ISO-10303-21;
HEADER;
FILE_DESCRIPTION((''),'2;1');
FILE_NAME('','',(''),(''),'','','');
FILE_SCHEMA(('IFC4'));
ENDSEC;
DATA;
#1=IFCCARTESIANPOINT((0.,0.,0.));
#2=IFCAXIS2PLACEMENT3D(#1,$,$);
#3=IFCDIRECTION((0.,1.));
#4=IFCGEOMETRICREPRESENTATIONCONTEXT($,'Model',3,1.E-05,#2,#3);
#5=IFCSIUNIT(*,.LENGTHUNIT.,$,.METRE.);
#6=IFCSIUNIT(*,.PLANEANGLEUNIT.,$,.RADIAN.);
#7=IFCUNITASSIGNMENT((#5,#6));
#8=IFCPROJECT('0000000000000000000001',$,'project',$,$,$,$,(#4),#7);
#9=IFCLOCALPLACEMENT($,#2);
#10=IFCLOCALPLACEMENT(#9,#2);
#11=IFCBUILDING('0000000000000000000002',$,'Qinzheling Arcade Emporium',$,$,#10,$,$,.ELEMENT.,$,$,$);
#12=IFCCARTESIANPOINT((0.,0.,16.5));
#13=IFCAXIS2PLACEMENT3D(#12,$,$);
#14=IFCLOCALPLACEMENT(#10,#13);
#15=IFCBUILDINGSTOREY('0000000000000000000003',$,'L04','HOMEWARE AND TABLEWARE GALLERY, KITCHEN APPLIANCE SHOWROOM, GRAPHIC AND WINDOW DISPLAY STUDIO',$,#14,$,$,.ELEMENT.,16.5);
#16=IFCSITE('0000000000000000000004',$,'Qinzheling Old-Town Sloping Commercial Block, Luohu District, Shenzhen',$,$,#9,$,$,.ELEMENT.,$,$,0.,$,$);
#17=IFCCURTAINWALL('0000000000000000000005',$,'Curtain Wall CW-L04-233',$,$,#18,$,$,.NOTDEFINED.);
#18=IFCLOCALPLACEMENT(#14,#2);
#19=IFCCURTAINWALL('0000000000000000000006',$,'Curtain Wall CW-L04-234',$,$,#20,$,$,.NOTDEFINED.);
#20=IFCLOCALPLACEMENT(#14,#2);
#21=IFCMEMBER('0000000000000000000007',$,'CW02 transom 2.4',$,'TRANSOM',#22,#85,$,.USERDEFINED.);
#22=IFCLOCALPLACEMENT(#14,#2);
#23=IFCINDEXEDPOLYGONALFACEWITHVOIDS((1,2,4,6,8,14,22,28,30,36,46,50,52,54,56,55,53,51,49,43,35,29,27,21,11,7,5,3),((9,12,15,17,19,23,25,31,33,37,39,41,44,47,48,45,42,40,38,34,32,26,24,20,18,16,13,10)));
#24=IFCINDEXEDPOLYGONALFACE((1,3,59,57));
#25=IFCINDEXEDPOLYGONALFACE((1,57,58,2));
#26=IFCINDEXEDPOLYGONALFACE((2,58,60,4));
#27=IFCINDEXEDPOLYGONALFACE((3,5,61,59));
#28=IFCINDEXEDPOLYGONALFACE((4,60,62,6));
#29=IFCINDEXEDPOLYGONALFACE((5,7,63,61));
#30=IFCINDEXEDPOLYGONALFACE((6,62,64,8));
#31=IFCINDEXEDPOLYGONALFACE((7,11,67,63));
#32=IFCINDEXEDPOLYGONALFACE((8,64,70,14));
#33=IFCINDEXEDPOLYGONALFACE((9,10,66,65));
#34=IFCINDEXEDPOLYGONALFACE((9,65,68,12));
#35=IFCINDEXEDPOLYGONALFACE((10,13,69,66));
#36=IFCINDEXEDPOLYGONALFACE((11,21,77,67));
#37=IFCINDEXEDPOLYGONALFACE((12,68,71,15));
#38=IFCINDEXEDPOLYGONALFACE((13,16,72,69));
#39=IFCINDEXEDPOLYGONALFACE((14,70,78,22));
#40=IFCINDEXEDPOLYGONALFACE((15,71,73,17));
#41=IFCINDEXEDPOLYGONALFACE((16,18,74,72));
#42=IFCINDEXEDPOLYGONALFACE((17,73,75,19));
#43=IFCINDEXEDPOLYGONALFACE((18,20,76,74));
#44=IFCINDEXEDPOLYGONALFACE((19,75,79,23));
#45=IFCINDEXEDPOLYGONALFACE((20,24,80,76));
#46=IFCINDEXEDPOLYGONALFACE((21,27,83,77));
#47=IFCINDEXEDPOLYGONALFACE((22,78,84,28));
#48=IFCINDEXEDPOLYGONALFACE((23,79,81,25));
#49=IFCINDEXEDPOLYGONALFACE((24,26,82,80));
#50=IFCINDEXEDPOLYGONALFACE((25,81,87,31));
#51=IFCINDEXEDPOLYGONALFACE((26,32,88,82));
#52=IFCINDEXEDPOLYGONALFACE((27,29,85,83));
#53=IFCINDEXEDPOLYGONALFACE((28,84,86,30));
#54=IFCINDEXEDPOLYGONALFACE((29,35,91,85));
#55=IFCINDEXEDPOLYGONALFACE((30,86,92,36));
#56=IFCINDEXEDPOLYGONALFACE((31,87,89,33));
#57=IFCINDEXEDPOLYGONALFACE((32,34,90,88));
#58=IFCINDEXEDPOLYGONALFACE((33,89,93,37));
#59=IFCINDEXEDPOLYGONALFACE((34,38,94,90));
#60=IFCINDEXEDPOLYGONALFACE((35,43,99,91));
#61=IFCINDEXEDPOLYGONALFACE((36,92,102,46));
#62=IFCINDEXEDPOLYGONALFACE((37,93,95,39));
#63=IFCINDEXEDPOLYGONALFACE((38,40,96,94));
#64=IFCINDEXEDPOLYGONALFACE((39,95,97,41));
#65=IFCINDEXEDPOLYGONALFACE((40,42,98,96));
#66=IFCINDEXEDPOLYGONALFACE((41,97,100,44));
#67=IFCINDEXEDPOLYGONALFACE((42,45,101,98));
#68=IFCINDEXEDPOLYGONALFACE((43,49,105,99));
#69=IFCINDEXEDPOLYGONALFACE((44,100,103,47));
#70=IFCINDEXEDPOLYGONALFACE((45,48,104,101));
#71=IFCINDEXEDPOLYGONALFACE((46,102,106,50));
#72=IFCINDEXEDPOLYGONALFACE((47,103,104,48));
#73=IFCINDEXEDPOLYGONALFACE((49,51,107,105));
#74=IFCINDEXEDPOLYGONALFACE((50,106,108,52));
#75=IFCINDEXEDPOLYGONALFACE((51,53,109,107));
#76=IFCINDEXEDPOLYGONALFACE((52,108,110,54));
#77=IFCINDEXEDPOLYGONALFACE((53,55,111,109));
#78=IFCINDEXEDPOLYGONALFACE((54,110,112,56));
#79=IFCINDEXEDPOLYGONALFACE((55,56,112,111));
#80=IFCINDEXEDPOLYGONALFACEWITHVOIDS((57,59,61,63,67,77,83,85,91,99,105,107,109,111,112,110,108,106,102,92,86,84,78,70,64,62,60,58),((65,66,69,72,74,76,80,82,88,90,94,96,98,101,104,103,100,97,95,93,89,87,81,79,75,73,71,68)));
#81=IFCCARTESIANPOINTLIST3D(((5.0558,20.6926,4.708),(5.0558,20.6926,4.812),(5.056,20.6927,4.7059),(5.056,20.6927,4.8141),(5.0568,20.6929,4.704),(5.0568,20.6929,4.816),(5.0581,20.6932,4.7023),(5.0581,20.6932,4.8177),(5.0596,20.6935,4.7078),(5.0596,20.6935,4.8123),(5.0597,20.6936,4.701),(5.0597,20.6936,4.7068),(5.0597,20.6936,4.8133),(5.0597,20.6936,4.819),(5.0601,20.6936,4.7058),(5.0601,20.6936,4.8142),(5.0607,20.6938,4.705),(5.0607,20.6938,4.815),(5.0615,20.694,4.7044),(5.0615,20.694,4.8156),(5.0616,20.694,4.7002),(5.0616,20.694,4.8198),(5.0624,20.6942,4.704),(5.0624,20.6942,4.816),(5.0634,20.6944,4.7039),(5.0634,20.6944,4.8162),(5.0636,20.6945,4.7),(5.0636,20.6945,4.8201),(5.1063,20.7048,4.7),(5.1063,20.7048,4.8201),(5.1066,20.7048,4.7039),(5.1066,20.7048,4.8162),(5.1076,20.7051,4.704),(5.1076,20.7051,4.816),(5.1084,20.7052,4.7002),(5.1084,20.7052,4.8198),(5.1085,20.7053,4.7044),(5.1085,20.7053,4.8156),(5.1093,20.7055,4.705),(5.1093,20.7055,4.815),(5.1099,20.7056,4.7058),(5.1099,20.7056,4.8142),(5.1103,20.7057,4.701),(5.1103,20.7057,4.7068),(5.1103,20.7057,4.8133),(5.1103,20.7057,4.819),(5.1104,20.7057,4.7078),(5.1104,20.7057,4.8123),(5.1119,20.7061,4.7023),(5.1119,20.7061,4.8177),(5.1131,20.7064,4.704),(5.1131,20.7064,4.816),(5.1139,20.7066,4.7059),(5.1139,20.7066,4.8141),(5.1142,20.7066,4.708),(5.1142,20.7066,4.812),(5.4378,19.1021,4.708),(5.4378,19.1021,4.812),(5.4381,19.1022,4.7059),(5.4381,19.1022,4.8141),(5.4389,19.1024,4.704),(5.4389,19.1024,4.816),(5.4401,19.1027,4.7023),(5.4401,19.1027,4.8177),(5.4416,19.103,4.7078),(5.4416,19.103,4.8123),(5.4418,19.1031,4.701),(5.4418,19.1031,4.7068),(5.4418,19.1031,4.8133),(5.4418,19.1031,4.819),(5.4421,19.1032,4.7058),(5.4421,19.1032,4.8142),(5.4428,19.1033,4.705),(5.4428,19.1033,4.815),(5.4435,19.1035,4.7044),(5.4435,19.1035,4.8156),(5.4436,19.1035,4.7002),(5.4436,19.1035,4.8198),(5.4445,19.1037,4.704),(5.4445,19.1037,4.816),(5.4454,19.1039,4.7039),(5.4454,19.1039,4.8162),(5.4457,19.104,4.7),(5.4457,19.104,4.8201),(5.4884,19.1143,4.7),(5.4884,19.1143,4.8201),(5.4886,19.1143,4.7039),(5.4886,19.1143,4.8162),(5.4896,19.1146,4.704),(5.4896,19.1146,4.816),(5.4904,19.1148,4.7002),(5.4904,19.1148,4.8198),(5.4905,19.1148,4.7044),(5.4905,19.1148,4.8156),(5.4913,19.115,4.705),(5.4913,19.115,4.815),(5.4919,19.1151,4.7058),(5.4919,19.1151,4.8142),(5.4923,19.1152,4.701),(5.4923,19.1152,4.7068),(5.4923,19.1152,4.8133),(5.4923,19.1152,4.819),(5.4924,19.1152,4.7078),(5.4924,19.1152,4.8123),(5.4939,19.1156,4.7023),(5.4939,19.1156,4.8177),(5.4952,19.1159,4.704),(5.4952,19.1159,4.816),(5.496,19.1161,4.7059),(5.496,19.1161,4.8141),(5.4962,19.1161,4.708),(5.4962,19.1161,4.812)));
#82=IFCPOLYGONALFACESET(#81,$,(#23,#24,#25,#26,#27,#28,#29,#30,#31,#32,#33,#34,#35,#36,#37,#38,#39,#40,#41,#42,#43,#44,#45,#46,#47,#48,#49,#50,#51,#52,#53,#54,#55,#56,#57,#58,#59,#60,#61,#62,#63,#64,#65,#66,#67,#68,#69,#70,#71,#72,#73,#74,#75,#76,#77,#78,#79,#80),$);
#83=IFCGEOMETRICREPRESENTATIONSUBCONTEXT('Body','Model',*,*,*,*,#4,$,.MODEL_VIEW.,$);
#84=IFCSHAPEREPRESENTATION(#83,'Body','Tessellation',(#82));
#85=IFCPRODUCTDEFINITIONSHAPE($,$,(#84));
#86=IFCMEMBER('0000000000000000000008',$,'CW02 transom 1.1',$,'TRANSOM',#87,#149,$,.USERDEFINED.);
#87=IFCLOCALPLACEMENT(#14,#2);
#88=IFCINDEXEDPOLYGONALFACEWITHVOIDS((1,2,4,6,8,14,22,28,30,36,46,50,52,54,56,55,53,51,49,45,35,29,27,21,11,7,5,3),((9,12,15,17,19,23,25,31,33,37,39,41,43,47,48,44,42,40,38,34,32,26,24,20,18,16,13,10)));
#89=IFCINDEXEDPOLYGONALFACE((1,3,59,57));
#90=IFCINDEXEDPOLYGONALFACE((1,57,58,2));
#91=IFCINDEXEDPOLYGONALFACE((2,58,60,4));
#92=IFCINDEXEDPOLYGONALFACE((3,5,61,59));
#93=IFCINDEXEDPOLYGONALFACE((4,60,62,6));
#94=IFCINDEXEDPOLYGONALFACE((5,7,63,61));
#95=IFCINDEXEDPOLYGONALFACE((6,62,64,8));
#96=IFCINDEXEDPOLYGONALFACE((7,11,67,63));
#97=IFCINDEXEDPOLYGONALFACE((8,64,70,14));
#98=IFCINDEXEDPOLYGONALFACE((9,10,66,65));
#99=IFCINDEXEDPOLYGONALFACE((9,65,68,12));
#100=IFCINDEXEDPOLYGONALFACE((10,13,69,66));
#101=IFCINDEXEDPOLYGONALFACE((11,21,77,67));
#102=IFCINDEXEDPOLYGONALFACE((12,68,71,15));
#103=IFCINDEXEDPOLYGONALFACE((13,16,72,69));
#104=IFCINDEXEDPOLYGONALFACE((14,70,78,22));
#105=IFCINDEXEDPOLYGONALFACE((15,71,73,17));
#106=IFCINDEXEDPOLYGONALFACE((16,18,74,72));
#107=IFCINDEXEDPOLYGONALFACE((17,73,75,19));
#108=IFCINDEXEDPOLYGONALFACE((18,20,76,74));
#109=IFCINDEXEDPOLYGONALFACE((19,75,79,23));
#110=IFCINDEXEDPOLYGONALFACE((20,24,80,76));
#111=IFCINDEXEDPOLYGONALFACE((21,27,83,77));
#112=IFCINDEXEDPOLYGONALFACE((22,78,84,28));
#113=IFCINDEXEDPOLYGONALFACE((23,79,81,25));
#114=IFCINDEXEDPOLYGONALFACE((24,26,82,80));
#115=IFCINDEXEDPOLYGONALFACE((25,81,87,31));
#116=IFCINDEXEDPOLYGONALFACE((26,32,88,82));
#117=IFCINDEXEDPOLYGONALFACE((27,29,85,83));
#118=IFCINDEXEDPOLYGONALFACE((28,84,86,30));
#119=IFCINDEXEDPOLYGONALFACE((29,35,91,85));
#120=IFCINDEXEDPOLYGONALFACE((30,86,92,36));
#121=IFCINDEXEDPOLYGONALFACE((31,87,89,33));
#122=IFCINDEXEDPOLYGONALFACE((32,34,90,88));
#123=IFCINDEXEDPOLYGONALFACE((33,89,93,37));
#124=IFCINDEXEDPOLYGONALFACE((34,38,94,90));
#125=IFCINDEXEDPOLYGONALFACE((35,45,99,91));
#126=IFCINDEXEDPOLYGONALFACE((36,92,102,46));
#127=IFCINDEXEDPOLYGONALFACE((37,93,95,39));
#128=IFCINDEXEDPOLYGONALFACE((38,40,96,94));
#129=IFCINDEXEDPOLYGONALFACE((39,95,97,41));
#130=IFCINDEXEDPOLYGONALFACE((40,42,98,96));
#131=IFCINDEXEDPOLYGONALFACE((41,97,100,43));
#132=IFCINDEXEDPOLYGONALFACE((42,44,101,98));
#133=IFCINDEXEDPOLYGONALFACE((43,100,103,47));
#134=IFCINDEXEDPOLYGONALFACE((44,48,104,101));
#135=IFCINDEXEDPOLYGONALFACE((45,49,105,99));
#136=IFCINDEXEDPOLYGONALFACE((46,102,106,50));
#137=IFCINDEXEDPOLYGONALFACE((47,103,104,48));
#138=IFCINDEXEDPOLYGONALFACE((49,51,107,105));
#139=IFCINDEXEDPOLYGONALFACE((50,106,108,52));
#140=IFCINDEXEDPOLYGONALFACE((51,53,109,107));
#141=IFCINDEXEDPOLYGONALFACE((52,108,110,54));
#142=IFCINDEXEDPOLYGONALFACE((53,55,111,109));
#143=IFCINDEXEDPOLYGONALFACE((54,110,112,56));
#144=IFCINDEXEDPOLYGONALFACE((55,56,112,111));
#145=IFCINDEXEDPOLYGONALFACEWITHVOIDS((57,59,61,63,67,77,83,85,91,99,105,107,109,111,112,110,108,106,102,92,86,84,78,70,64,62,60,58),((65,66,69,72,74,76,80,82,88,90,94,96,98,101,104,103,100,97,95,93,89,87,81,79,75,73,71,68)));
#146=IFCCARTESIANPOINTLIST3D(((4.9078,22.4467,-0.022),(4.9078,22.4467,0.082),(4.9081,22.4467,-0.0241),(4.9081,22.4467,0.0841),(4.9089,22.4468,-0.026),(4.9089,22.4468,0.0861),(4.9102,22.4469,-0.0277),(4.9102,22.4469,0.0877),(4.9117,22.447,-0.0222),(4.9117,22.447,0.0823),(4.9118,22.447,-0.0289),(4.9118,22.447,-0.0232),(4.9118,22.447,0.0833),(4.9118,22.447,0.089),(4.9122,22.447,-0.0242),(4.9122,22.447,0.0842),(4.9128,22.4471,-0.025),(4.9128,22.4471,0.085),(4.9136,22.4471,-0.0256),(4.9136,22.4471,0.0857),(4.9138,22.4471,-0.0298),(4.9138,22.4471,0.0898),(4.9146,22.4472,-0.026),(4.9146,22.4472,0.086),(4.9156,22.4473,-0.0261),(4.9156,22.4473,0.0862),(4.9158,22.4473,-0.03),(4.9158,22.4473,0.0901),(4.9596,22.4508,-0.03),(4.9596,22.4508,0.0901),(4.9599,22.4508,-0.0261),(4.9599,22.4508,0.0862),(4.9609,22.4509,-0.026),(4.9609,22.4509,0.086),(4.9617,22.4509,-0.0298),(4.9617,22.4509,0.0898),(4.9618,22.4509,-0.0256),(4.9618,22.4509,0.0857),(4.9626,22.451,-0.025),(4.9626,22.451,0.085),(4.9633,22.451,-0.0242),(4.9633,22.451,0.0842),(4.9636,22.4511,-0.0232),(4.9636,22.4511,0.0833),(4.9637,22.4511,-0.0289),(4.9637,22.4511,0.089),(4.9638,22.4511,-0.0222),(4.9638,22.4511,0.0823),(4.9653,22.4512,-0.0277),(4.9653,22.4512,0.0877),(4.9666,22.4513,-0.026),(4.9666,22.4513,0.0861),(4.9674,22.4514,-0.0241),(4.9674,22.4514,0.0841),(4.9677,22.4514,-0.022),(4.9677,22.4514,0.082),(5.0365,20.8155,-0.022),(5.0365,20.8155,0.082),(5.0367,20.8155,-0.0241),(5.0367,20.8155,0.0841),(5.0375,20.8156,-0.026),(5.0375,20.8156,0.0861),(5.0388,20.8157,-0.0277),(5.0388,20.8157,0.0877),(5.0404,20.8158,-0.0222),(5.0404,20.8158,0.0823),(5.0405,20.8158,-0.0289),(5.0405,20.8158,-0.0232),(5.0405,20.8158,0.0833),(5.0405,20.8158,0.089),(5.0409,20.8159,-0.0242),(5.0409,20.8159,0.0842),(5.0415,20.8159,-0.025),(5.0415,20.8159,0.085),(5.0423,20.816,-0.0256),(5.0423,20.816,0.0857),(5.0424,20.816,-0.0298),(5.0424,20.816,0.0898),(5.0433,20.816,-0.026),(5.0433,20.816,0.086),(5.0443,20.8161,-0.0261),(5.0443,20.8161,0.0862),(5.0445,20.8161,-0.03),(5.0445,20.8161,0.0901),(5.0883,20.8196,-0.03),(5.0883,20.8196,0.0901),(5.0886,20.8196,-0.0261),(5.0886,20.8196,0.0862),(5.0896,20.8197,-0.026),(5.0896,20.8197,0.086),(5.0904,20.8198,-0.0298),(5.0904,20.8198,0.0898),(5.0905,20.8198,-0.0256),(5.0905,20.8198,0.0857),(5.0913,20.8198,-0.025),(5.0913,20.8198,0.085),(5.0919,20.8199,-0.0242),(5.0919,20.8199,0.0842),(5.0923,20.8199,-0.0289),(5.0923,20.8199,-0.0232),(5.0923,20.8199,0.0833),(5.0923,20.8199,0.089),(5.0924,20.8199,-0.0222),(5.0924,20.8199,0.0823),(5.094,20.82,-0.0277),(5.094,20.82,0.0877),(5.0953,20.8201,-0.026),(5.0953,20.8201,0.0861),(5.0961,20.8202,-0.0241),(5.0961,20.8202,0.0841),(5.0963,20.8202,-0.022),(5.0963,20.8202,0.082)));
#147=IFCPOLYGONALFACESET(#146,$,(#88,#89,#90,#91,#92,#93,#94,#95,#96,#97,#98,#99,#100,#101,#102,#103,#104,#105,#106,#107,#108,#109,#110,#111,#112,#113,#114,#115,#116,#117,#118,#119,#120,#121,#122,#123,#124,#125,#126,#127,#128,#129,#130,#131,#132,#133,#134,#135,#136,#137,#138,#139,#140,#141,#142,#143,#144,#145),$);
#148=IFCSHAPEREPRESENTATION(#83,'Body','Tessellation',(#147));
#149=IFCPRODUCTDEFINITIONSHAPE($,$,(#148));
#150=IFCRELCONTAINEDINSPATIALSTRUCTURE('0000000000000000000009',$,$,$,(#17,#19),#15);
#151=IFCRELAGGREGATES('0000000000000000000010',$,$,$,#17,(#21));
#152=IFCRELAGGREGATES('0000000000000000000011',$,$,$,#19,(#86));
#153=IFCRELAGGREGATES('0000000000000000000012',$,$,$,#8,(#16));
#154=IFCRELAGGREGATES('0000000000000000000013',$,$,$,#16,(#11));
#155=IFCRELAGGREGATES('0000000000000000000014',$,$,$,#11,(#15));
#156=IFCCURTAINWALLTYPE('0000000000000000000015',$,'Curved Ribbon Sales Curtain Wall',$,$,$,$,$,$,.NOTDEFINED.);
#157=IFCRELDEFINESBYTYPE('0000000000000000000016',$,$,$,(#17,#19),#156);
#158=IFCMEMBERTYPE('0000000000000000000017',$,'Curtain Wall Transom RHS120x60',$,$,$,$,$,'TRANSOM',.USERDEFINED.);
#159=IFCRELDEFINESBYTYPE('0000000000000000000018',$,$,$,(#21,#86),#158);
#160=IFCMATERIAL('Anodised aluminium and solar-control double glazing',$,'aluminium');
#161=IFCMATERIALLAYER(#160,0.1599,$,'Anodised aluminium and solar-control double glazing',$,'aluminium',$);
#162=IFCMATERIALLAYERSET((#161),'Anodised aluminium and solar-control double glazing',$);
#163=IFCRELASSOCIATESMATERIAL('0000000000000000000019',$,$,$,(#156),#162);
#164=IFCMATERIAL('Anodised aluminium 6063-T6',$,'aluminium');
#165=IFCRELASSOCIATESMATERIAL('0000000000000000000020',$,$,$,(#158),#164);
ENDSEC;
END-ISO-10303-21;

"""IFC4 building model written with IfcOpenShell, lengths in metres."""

from ifc_helpers import new_model, si_unit, direction, frame, origin, origin_2d, place, context, subcontext, project, spatial, hollow_rectangle, extrude, material, layer, layer_set, material_profile, profile_set, type_object, element, aggregate, save


model = new_model("IFC4")

# Units and contexts
model_context = context("Model", 3, precision=1e-05, world=origin(), true_north=direction((0.0, 1.0)))
body_context = subcontext(model_context, "Body", "Model", "MODEL_VIEW")
ifc_project = project(units=[si_unit("LENGTHUNIT", "METRE"), si_unit("PLANEANGLEUNIT", "RADIAN")], contexts=[model_context])

# Site, building, storey
site_placement = place(None, origin())
site = spatial("IfcSite", under=ifc_project, at=site_placement, Name="Qinzheling Old-Town Sloping Commercial Block, Luohu District, Shenzhen", CompositionType="ELEMENT", RefElevation=0.0)
building_placement = place(site_placement, origin())
building = spatial("IfcBuilding", under=site, at=building_placement, Name="Qinzheling Arcade Emporium", CompositionType="ELEMENT")
storey_placement = place(building_placement, frame((0.0, 0.0, 16.5)))
storey = spatial("IfcBuildingStorey", under=building, at=storey_placement, Name="L04", Description="HOMEWARE AND TABLEWARE GALLERY, KITCHEN APPLIANCE SHOWROOM, GRAPHIC AND WINDOW DISPLAY STUDIO", CompositionType="ELEMENT", Elevation=16.5)

# Curtain walls
ifc_material_1 = material(Name="Anodised aluminium and solar-control double glazing", Category="aluminium")
ifc_layer_1 = layer(ifc_material_1, 0.1599, Name="Anodised aluminium and solar-control double glazing", Category="aluminium")
ifc_layer_set_1 = layer_set([ifc_layer_1], Name="Anodised aluminium and solar-control double glazing")
curtain_wall_type_1 = type_object("IfcCurtainWallType", Name="Curved Ribbon Sales Curtain Wall", PredefinedType="NOTDEFINED", material=ifc_layer_set_1)
curtain_wall_1_placement = place(storey_placement, origin())
curtain_wall_1 = element("IfcCurtainWall", 1, at=curtain_wall_1_placement, inside=storey, type_object=curtain_wall_type_1, Name="Curtain Wall CW-L04-233", PredefinedType="NOTDEFINED")
ifc_material_2 = material(Name="Anodised aluminium 6063-T6", Category="aluminium")
curtain_wall_2_placement = place(storey_placement, origin())
curtain_wall_2 = element("IfcCurtainWall", 2, at=curtain_wall_2_placement, inside=storey, type_object=curtain_wall_type_1, Name="Curtain Wall CW-L04-234", PredefinedType="NOTDEFINED")

# Members
ifc_material_profile_1 = material_profile(ifc_material_2, hollow_rectangle(XDim=0.0601, YDim=0.1201, WallThickness=0.0039, InnerFilletRadius=0.0039, OuterFilletRadius=0.0081, at=origin_2d()), Name="RHS 120x60x4", Category="aluminium")
ifc_profile_set_1 = profile_set([ifc_material_profile_1], Name="Anodised aluminium 6063-T6")
member_type_1 = type_object("IfcMemberType", Name="Curtain Wall Transom RHS120x60", ElementType="TRANSOM", PredefinedType="USERDEFINED", material=ifc_profile_set_1)
member_1_placement = place(storey_placement, frame((5.467, 19.1091, 4.76), z_axis=(-0.233571, 0.97234, 0.0), x_axis=(-0.97234, -0.233571, 0.0)))
member_1 = element("IfcMember", 3, at=member_1_placement, type_object=member_type_1, Name="CW02 transom 2.4", ObjectType="TRANSOM", PredefinedType="USERDEFINED", context=body_context, shape_type="SweptSolid", body=[
    extrude(hollow_rectangle(XDim=0.0601, YDim=0.1201, WallThickness=0.0039, InnerFilletRadius=0.0039, OuterFilletRadius=0.0081, at=origin_2d()), origin(), (0.0, 0.0, 1.0), 1.6357),
])
member_2_placement = place(storey_placement, frame((5.0664, 20.8179, 0.03), z_axis=(-0.078636, 0.996903, 0.0), x_axis=(-0.996903, -0.078636, 0.0)))
member_2 = element("IfcMember", 4, at=member_2_placement, type_object=member_type_1, Name="CW02 transom 1.1", ObjectType="TRANSOM", PredefinedType="USERDEFINED", context=body_context, shape_type="SweptSolid", body=[
    extrude(hollow_rectangle(XDim=0.0601, YDim=0.1201, WallThickness=0.0039, InnerFilletRadius=0.0039, OuterFilletRadius=0.0081, at=origin_2d()), origin(), (0.0, 0.0, 1.0), 1.6362),
])

aggregate(curtain_wall_1, [member_1])
aggregate(curtain_wall_2, [member_2])

save(model, "model.ifc")
